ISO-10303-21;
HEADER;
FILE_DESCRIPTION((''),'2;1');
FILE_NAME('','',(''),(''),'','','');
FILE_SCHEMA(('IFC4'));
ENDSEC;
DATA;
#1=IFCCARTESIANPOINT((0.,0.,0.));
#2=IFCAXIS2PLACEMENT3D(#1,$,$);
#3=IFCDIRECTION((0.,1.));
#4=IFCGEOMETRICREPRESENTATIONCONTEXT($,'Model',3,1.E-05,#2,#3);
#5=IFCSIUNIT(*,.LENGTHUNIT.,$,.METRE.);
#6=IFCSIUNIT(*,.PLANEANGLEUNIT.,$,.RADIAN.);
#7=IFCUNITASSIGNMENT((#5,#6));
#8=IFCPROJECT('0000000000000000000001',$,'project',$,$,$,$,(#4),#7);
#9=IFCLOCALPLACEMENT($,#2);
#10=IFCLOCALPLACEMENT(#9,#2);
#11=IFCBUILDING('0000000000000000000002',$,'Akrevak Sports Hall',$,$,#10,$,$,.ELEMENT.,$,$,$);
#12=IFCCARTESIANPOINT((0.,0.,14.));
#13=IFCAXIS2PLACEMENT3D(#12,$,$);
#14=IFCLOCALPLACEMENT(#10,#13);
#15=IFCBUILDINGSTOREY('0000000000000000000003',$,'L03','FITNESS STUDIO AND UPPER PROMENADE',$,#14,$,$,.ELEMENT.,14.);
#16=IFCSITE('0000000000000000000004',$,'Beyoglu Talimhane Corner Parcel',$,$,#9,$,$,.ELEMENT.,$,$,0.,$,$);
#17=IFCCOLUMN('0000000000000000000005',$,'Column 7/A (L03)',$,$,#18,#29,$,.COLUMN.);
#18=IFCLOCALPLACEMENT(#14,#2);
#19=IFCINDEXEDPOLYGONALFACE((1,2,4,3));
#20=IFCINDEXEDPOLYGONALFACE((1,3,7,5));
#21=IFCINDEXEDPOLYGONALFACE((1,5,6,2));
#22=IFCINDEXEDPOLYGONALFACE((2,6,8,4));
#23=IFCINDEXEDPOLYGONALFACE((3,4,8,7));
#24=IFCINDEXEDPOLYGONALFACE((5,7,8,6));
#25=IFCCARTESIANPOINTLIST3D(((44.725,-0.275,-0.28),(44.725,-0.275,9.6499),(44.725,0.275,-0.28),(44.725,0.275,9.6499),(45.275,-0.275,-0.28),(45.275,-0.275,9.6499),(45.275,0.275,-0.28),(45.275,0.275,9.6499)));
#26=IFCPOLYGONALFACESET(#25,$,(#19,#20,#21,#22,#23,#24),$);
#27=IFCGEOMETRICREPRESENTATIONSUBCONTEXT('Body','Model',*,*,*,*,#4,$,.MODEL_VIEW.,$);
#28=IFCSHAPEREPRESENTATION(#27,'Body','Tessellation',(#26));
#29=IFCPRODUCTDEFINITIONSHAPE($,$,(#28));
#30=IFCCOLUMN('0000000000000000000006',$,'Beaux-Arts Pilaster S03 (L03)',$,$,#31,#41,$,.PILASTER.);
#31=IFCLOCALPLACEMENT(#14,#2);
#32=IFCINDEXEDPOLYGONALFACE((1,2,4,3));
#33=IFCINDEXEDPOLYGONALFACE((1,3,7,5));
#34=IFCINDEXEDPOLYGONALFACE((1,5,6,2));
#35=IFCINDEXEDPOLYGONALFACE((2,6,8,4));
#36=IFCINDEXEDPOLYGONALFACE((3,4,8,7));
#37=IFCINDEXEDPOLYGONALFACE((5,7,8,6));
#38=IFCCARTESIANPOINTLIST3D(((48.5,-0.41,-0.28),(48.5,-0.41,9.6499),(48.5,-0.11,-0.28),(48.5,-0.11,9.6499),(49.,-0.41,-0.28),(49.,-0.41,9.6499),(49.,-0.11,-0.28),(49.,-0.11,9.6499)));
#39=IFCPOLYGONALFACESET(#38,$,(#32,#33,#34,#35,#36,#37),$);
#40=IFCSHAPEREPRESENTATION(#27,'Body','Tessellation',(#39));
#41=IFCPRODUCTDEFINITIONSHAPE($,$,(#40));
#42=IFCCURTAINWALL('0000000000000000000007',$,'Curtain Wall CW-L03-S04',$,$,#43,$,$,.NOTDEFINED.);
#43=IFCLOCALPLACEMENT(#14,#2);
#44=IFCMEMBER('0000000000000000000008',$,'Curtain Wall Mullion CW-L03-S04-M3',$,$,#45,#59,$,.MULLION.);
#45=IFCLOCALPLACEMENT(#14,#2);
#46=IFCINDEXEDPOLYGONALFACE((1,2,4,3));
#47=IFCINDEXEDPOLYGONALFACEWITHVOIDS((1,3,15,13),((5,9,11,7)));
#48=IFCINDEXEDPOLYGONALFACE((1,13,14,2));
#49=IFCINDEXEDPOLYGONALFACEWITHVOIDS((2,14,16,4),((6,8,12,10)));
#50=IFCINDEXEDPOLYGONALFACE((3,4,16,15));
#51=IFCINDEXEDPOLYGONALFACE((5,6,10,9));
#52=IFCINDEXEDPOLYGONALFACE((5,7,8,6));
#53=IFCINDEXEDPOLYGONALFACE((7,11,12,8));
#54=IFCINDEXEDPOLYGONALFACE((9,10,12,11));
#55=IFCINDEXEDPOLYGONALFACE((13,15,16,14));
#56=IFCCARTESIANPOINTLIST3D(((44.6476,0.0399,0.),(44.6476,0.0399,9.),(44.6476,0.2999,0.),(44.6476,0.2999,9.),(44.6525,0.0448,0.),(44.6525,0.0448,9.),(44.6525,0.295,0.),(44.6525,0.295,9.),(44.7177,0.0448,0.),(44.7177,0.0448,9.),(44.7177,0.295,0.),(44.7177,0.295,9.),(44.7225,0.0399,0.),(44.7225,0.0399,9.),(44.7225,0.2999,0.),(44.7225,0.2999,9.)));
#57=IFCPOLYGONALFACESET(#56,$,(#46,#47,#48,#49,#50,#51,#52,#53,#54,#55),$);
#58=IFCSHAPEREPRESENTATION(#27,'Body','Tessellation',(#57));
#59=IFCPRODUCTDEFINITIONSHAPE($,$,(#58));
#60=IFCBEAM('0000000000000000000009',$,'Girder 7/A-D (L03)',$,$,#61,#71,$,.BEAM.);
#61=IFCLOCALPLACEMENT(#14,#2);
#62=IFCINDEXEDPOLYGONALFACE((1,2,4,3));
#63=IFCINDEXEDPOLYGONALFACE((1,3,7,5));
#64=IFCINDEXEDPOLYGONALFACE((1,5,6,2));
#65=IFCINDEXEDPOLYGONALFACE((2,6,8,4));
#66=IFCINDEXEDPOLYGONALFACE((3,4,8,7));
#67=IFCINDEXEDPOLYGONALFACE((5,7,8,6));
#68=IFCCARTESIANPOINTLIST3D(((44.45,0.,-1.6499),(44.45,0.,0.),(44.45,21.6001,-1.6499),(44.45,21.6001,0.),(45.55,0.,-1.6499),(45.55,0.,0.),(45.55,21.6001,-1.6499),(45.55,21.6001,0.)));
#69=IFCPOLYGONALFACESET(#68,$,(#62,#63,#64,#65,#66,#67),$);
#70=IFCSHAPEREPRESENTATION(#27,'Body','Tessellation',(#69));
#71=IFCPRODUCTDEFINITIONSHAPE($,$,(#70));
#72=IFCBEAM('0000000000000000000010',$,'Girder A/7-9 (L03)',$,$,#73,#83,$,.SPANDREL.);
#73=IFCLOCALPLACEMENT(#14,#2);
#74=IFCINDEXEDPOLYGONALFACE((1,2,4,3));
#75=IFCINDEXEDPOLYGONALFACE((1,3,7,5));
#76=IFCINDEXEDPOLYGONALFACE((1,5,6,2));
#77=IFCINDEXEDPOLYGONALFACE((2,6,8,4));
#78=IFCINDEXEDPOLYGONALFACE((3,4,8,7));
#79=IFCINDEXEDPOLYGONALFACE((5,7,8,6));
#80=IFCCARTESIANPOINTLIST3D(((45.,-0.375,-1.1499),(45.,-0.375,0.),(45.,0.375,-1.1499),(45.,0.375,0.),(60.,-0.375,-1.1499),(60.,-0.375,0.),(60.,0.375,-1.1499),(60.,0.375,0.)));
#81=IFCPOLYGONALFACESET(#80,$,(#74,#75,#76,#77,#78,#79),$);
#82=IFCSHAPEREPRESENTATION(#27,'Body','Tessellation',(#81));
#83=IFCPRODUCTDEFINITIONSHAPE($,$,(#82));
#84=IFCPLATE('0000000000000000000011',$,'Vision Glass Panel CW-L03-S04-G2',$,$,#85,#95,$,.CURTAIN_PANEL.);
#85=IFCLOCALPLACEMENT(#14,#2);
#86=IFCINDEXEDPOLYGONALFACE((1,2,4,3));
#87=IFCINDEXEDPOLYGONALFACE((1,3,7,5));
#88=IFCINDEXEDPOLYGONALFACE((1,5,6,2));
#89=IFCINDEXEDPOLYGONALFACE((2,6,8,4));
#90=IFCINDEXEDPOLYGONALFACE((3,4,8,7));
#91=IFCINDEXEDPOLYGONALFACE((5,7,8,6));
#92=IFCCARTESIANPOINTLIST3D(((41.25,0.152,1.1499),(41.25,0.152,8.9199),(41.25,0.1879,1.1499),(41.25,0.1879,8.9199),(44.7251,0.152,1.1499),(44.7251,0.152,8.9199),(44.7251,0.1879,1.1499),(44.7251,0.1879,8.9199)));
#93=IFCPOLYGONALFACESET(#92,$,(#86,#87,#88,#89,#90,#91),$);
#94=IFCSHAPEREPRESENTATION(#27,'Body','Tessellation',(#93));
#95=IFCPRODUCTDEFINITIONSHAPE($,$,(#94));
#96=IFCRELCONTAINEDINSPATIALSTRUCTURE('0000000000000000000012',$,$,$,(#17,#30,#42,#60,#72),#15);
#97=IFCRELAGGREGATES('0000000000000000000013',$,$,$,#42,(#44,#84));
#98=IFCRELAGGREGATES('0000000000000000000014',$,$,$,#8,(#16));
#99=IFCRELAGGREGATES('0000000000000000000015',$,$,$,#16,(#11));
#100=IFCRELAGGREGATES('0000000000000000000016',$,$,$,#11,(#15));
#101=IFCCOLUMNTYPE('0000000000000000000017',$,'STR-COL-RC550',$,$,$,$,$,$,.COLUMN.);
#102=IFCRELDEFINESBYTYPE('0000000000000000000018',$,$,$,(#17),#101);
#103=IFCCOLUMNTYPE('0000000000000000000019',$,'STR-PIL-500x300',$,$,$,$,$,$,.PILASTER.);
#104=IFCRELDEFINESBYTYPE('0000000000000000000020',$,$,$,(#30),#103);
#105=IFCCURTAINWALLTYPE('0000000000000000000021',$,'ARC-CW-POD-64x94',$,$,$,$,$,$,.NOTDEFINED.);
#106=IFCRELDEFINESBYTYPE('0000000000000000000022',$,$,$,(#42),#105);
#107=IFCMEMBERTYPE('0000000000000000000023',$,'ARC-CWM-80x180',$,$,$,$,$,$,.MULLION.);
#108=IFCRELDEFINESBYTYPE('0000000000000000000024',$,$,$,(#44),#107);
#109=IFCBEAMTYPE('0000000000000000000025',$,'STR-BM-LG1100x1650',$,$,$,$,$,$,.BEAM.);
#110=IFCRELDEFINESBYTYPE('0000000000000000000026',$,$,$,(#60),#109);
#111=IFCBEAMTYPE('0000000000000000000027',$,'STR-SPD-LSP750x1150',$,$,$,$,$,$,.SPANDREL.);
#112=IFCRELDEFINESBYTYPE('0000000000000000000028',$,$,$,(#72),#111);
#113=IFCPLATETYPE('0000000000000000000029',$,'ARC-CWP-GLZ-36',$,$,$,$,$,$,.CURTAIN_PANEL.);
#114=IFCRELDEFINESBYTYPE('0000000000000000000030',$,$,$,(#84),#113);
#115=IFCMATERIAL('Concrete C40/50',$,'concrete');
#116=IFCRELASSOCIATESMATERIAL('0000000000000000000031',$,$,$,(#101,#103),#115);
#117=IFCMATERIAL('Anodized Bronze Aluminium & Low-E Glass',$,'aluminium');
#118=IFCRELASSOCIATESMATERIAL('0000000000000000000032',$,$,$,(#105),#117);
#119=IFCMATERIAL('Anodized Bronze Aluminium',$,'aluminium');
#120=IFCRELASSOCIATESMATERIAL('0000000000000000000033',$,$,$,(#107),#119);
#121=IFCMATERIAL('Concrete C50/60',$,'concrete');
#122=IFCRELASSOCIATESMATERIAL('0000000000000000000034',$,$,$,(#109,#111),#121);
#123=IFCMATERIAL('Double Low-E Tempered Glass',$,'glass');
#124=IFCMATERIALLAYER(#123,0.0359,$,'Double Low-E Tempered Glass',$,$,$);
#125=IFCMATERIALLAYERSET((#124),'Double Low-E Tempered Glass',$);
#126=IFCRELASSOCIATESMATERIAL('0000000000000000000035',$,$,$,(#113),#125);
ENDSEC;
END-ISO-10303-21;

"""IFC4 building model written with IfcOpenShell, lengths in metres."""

from ifc_helpers import new_model, si_unit, direction, frame, origin, origin_2d, place, context, subcontext, project, spatial, rectangle, hollow_rectangle, extrude, material, layer, layer_set, material_profile, profile_set, type_object, element, aggregate, save


model = new_model("IFC4")

# Units and contexts
model_context = context("Model", 3, precision=1e-05, world=origin(), true_north=direction((0.0, 1.0)))
body_context = subcontext(model_context, "Body", "Model", "MODEL_VIEW")
ifc_project = project(units=[si_unit("LENGTHUNIT", "METRE"), si_unit("PLANEANGLEUNIT", "RADIAN")], contexts=[model_context])

# Site, building, storey
site_placement = place(None, origin())
site = spatial("IfcSite", under=ifc_project, at=site_placement, Name="Beyoglu Talimhane Corner Parcel", CompositionType="ELEMENT", RefElevation=0.0)
building_placement = place(site_placement, origin())
building = spatial("IfcBuilding", under=site, at=building_placement, Name="Akrevak Sports Hall", CompositionType="ELEMENT")
storey_placement = place(building_placement, frame((0.0, 0.0, 14.0)))
storey = spatial("IfcBuildingStorey", under=building, at=storey_placement, Name="L03", Description="FITNESS STUDIO AND UPPER PROMENADE", CompositionType="ELEMENT", Elevation=14.0)

# Columns
ifc_material_1 = material(Name="Concrete C40/50", Category="concrete")
ifc_material_profile_1 = material_profile(ifc_material_1, rectangle(XDim=0.55, YDim=0.55, at=origin_2d()), Name="RC 550x550", Category="concrete")
ifc_profile_set_1 = profile_set([ifc_material_profile_1], Name="Concrete C40/50")
column_type_1 = type_object("IfcColumnType", Name="STR-COL-RC550", PredefinedType="COLUMN", material=ifc_profile_set_1)
column_1_placement = place(storey_placement, frame((45.0, 0.0, -0.28), z_axis=(0.0, 0.0, 1.0), x_axis=(1.0, 0.0, 0.0)))
element("IfcColumn", 1, at=column_1_placement, inside=storey, type_object=column_type_1, Name="Column 7/A (L03)", PredefinedType="COLUMN", context=body_context, shape_type="SweptSolid", body=[
    extrude(rectangle(XDim=0.55, YDim=0.55, at=origin_2d()), origin(), (0.0, 0.0, 1.0), 9.9299),
])
ifc_material_profile_2 = material_profile(ifc_material_1, rectangle(XDim=0.5, YDim=0.3, at=origin_2d()), Name="PIL 500x300", Category="concrete")
ifc_profile_set_2 = profile_set([ifc_material_profile_2], Name="Concrete C40/50")
column_type_2 = type_object("IfcColumnType", Name="STR-PIL-500x300", PredefinedType="PILASTER", material=ifc_profile_set_2)
column_2_placement = place(storey_placement, frame((48.75, -0.26, -0.28), z_axis=(0.0, 0.0, 1.0), x_axis=(1.0, 0.0, 0.0)))
element("IfcColumn", 2, at=column_2_placement, inside=storey, type_object=column_type_2, Name="Beaux-Arts Pilaster S03 (L03)", PredefinedType="PILASTER", context=body_context, shape_type="SweptSolid", body=[
    extrude(rectangle(XDim=0.5, YDim=0.3, at=origin_2d()), origin(), (0.0, 0.0, 1.0), 9.9299),
])

# Curtain wall, member
ifc_material_2 = material(Name="Anodized Bronze Aluminium & Low-E Glass", Category="aluminium")
curtain_wall_type = type_object("IfcCurtainWallType", Name="ARC-CW-POD-64x94", PredefinedType="NOTDEFINED", material=ifc_material_2)
curtain_wall_placement = place(storey_placement, origin())
curtain_wall = element("IfcCurtainWall", 3, at=curtain_wall_placement, inside=storey, type_object=curtain_wall_type, Name="Curtain Wall CW-L03-S04", PredefinedType="NOTDEFINED")
ifc_material_3 = material(Name="Anodized Bronze Aluminium", Category="aluminium")
ifc_material_profile_3 = material_profile(ifc_material_3, hollow_rectangle(XDim=0.075, YDim=0.26, WallThickness=0.0049, at=origin_2d()), Name="CWM 75x260", Category="aluminium")
ifc_profile_set_3 = profile_set([ifc_material_profile_3], Name="Anodized Bronze Aluminium")
member_type = type_object("IfcMemberType", Name="ARC-CWM-80x180", PredefinedType="MULLION", material=ifc_profile_set_3)
member_placement = place(storey_placement, frame((44.6851, 0.1699, 0.0), z_axis=(0.0, 0.0, 1.0), x_axis=(1.0, 0.0, 0.0)))
member = element("IfcMember", 4, at=member_placement, type_object=member_type, Name="Curtain Wall Mullion CW-L03-S04-M3", PredefinedType="MULLION", context=body_context, shape_type="SweptSolid", body=[
    extrude(hollow_rectangle(XDim=0.075, YDim=0.26, WallThickness=0.0049, at=origin_2d()), origin(), (0.0, 0.0, 1.0), 9.0),
])

# Beams
ifc_material_4 = material(Name="Concrete C50/60", Category="concrete")
ifc_material_profile_4 = material_profile(ifc_material_4, rectangle(XDim=1.1001, YDim=1.6499, at=origin_2d()), Name="BM 1100x1650", Category="concrete")
ifc_profile_set_4 = profile_set([ifc_material_profile_4], Name="Concrete C50/60")
beam_type_1 = type_object("IfcBeamType", Name="STR-BM-LG1100x1650", PredefinedType="BEAM", material=ifc_profile_set_4)
beam_1_placement = place(storey_placement, frame((45.0, 0.0, -0.825), z_axis=(0.0, 1.0, 0.0), x_axis=(-1.0, 0.0, 0.0)))
element("IfcBeam", 5, at=beam_1_placement, inside=storey, type_object=beam_type_1, Name="Girder 7/A-D (L03)", PredefinedType="BEAM", context=body_context, shape_type="SweptSolid", body=[
    extrude(rectangle(XDim=1.1001, YDim=1.6499, at=origin_2d()), origin(), (0.0, 0.0, 1.0), 21.6001),
])
ifc_material_profile_5 = material_profile(ifc_material_4, rectangle(XDim=0.75, YDim=1.1499, at=origin_2d()), Name="SPD 750x1150", Category="concrete")
ifc_profile_set_5 = profile_set([ifc_material_profile_5], Name="Concrete C50/60")
beam_type_2 = type_object("IfcBeamType", Name="STR-SPD-LSP750x1150", PredefinedType="SPANDREL", material=ifc_profile_set_5)
beam_2_placement = place(storey_placement, frame((45.0, 0.0, -0.575), z_axis=(1.0, 0.0, 0.0), x_axis=(0.0, 1.0, 0.0)))
element("IfcBeam", 6, at=beam_2_placement, inside=storey, type_object=beam_type_2, Name="Girder A/7-9 (L03)", PredefinedType="SPANDREL", context=body_context, shape_type="SweptSolid", body=[
    extrude(rectangle(XDim=0.75, YDim=1.1499, at=origin_2d()), origin(), (0.0, 0.0, 1.0), 15.0),
])

# Plate
ifc_material_5 = material(Name="Double Low-E Tempered Glass", Category="glass")
ifc_layer_1 = layer(ifc_material_5, 0.0359, Name="Double Low-E Tempered Glass")
ifc_layer_set_1 = layer_set([ifc_layer_1], Name="Double Low-E Tempered Glass")
plate_type = type_object("IfcPlateType", Name="ARC-CWP-GLZ-36", PredefinedType="CURTAIN_PANEL", material=ifc_layer_set_1)
plate_placement = place(storey_placement, frame((42.9875, 0.1699, 1.1499), z_axis=(0.0, 0.0, 1.0), x_axis=(1.0, 0.0, 0.0)))
plate = element("IfcPlate", 7, at=plate_placement, type_object=plate_type, Name="Vision Glass Panel CW-L03-S04-G2", PredefinedType="CURTAIN_PANEL", context=body_context, shape_type="SweptSolid", body=[
    extrude(rectangle(XDim=3.4751, YDim=0.0359, at=origin_2d()), origin(), (0.0, 0.0, 1.0), 7.77),
])
aggregate(curtain_wall, [member, plate])

save(model, "model.ifc")
